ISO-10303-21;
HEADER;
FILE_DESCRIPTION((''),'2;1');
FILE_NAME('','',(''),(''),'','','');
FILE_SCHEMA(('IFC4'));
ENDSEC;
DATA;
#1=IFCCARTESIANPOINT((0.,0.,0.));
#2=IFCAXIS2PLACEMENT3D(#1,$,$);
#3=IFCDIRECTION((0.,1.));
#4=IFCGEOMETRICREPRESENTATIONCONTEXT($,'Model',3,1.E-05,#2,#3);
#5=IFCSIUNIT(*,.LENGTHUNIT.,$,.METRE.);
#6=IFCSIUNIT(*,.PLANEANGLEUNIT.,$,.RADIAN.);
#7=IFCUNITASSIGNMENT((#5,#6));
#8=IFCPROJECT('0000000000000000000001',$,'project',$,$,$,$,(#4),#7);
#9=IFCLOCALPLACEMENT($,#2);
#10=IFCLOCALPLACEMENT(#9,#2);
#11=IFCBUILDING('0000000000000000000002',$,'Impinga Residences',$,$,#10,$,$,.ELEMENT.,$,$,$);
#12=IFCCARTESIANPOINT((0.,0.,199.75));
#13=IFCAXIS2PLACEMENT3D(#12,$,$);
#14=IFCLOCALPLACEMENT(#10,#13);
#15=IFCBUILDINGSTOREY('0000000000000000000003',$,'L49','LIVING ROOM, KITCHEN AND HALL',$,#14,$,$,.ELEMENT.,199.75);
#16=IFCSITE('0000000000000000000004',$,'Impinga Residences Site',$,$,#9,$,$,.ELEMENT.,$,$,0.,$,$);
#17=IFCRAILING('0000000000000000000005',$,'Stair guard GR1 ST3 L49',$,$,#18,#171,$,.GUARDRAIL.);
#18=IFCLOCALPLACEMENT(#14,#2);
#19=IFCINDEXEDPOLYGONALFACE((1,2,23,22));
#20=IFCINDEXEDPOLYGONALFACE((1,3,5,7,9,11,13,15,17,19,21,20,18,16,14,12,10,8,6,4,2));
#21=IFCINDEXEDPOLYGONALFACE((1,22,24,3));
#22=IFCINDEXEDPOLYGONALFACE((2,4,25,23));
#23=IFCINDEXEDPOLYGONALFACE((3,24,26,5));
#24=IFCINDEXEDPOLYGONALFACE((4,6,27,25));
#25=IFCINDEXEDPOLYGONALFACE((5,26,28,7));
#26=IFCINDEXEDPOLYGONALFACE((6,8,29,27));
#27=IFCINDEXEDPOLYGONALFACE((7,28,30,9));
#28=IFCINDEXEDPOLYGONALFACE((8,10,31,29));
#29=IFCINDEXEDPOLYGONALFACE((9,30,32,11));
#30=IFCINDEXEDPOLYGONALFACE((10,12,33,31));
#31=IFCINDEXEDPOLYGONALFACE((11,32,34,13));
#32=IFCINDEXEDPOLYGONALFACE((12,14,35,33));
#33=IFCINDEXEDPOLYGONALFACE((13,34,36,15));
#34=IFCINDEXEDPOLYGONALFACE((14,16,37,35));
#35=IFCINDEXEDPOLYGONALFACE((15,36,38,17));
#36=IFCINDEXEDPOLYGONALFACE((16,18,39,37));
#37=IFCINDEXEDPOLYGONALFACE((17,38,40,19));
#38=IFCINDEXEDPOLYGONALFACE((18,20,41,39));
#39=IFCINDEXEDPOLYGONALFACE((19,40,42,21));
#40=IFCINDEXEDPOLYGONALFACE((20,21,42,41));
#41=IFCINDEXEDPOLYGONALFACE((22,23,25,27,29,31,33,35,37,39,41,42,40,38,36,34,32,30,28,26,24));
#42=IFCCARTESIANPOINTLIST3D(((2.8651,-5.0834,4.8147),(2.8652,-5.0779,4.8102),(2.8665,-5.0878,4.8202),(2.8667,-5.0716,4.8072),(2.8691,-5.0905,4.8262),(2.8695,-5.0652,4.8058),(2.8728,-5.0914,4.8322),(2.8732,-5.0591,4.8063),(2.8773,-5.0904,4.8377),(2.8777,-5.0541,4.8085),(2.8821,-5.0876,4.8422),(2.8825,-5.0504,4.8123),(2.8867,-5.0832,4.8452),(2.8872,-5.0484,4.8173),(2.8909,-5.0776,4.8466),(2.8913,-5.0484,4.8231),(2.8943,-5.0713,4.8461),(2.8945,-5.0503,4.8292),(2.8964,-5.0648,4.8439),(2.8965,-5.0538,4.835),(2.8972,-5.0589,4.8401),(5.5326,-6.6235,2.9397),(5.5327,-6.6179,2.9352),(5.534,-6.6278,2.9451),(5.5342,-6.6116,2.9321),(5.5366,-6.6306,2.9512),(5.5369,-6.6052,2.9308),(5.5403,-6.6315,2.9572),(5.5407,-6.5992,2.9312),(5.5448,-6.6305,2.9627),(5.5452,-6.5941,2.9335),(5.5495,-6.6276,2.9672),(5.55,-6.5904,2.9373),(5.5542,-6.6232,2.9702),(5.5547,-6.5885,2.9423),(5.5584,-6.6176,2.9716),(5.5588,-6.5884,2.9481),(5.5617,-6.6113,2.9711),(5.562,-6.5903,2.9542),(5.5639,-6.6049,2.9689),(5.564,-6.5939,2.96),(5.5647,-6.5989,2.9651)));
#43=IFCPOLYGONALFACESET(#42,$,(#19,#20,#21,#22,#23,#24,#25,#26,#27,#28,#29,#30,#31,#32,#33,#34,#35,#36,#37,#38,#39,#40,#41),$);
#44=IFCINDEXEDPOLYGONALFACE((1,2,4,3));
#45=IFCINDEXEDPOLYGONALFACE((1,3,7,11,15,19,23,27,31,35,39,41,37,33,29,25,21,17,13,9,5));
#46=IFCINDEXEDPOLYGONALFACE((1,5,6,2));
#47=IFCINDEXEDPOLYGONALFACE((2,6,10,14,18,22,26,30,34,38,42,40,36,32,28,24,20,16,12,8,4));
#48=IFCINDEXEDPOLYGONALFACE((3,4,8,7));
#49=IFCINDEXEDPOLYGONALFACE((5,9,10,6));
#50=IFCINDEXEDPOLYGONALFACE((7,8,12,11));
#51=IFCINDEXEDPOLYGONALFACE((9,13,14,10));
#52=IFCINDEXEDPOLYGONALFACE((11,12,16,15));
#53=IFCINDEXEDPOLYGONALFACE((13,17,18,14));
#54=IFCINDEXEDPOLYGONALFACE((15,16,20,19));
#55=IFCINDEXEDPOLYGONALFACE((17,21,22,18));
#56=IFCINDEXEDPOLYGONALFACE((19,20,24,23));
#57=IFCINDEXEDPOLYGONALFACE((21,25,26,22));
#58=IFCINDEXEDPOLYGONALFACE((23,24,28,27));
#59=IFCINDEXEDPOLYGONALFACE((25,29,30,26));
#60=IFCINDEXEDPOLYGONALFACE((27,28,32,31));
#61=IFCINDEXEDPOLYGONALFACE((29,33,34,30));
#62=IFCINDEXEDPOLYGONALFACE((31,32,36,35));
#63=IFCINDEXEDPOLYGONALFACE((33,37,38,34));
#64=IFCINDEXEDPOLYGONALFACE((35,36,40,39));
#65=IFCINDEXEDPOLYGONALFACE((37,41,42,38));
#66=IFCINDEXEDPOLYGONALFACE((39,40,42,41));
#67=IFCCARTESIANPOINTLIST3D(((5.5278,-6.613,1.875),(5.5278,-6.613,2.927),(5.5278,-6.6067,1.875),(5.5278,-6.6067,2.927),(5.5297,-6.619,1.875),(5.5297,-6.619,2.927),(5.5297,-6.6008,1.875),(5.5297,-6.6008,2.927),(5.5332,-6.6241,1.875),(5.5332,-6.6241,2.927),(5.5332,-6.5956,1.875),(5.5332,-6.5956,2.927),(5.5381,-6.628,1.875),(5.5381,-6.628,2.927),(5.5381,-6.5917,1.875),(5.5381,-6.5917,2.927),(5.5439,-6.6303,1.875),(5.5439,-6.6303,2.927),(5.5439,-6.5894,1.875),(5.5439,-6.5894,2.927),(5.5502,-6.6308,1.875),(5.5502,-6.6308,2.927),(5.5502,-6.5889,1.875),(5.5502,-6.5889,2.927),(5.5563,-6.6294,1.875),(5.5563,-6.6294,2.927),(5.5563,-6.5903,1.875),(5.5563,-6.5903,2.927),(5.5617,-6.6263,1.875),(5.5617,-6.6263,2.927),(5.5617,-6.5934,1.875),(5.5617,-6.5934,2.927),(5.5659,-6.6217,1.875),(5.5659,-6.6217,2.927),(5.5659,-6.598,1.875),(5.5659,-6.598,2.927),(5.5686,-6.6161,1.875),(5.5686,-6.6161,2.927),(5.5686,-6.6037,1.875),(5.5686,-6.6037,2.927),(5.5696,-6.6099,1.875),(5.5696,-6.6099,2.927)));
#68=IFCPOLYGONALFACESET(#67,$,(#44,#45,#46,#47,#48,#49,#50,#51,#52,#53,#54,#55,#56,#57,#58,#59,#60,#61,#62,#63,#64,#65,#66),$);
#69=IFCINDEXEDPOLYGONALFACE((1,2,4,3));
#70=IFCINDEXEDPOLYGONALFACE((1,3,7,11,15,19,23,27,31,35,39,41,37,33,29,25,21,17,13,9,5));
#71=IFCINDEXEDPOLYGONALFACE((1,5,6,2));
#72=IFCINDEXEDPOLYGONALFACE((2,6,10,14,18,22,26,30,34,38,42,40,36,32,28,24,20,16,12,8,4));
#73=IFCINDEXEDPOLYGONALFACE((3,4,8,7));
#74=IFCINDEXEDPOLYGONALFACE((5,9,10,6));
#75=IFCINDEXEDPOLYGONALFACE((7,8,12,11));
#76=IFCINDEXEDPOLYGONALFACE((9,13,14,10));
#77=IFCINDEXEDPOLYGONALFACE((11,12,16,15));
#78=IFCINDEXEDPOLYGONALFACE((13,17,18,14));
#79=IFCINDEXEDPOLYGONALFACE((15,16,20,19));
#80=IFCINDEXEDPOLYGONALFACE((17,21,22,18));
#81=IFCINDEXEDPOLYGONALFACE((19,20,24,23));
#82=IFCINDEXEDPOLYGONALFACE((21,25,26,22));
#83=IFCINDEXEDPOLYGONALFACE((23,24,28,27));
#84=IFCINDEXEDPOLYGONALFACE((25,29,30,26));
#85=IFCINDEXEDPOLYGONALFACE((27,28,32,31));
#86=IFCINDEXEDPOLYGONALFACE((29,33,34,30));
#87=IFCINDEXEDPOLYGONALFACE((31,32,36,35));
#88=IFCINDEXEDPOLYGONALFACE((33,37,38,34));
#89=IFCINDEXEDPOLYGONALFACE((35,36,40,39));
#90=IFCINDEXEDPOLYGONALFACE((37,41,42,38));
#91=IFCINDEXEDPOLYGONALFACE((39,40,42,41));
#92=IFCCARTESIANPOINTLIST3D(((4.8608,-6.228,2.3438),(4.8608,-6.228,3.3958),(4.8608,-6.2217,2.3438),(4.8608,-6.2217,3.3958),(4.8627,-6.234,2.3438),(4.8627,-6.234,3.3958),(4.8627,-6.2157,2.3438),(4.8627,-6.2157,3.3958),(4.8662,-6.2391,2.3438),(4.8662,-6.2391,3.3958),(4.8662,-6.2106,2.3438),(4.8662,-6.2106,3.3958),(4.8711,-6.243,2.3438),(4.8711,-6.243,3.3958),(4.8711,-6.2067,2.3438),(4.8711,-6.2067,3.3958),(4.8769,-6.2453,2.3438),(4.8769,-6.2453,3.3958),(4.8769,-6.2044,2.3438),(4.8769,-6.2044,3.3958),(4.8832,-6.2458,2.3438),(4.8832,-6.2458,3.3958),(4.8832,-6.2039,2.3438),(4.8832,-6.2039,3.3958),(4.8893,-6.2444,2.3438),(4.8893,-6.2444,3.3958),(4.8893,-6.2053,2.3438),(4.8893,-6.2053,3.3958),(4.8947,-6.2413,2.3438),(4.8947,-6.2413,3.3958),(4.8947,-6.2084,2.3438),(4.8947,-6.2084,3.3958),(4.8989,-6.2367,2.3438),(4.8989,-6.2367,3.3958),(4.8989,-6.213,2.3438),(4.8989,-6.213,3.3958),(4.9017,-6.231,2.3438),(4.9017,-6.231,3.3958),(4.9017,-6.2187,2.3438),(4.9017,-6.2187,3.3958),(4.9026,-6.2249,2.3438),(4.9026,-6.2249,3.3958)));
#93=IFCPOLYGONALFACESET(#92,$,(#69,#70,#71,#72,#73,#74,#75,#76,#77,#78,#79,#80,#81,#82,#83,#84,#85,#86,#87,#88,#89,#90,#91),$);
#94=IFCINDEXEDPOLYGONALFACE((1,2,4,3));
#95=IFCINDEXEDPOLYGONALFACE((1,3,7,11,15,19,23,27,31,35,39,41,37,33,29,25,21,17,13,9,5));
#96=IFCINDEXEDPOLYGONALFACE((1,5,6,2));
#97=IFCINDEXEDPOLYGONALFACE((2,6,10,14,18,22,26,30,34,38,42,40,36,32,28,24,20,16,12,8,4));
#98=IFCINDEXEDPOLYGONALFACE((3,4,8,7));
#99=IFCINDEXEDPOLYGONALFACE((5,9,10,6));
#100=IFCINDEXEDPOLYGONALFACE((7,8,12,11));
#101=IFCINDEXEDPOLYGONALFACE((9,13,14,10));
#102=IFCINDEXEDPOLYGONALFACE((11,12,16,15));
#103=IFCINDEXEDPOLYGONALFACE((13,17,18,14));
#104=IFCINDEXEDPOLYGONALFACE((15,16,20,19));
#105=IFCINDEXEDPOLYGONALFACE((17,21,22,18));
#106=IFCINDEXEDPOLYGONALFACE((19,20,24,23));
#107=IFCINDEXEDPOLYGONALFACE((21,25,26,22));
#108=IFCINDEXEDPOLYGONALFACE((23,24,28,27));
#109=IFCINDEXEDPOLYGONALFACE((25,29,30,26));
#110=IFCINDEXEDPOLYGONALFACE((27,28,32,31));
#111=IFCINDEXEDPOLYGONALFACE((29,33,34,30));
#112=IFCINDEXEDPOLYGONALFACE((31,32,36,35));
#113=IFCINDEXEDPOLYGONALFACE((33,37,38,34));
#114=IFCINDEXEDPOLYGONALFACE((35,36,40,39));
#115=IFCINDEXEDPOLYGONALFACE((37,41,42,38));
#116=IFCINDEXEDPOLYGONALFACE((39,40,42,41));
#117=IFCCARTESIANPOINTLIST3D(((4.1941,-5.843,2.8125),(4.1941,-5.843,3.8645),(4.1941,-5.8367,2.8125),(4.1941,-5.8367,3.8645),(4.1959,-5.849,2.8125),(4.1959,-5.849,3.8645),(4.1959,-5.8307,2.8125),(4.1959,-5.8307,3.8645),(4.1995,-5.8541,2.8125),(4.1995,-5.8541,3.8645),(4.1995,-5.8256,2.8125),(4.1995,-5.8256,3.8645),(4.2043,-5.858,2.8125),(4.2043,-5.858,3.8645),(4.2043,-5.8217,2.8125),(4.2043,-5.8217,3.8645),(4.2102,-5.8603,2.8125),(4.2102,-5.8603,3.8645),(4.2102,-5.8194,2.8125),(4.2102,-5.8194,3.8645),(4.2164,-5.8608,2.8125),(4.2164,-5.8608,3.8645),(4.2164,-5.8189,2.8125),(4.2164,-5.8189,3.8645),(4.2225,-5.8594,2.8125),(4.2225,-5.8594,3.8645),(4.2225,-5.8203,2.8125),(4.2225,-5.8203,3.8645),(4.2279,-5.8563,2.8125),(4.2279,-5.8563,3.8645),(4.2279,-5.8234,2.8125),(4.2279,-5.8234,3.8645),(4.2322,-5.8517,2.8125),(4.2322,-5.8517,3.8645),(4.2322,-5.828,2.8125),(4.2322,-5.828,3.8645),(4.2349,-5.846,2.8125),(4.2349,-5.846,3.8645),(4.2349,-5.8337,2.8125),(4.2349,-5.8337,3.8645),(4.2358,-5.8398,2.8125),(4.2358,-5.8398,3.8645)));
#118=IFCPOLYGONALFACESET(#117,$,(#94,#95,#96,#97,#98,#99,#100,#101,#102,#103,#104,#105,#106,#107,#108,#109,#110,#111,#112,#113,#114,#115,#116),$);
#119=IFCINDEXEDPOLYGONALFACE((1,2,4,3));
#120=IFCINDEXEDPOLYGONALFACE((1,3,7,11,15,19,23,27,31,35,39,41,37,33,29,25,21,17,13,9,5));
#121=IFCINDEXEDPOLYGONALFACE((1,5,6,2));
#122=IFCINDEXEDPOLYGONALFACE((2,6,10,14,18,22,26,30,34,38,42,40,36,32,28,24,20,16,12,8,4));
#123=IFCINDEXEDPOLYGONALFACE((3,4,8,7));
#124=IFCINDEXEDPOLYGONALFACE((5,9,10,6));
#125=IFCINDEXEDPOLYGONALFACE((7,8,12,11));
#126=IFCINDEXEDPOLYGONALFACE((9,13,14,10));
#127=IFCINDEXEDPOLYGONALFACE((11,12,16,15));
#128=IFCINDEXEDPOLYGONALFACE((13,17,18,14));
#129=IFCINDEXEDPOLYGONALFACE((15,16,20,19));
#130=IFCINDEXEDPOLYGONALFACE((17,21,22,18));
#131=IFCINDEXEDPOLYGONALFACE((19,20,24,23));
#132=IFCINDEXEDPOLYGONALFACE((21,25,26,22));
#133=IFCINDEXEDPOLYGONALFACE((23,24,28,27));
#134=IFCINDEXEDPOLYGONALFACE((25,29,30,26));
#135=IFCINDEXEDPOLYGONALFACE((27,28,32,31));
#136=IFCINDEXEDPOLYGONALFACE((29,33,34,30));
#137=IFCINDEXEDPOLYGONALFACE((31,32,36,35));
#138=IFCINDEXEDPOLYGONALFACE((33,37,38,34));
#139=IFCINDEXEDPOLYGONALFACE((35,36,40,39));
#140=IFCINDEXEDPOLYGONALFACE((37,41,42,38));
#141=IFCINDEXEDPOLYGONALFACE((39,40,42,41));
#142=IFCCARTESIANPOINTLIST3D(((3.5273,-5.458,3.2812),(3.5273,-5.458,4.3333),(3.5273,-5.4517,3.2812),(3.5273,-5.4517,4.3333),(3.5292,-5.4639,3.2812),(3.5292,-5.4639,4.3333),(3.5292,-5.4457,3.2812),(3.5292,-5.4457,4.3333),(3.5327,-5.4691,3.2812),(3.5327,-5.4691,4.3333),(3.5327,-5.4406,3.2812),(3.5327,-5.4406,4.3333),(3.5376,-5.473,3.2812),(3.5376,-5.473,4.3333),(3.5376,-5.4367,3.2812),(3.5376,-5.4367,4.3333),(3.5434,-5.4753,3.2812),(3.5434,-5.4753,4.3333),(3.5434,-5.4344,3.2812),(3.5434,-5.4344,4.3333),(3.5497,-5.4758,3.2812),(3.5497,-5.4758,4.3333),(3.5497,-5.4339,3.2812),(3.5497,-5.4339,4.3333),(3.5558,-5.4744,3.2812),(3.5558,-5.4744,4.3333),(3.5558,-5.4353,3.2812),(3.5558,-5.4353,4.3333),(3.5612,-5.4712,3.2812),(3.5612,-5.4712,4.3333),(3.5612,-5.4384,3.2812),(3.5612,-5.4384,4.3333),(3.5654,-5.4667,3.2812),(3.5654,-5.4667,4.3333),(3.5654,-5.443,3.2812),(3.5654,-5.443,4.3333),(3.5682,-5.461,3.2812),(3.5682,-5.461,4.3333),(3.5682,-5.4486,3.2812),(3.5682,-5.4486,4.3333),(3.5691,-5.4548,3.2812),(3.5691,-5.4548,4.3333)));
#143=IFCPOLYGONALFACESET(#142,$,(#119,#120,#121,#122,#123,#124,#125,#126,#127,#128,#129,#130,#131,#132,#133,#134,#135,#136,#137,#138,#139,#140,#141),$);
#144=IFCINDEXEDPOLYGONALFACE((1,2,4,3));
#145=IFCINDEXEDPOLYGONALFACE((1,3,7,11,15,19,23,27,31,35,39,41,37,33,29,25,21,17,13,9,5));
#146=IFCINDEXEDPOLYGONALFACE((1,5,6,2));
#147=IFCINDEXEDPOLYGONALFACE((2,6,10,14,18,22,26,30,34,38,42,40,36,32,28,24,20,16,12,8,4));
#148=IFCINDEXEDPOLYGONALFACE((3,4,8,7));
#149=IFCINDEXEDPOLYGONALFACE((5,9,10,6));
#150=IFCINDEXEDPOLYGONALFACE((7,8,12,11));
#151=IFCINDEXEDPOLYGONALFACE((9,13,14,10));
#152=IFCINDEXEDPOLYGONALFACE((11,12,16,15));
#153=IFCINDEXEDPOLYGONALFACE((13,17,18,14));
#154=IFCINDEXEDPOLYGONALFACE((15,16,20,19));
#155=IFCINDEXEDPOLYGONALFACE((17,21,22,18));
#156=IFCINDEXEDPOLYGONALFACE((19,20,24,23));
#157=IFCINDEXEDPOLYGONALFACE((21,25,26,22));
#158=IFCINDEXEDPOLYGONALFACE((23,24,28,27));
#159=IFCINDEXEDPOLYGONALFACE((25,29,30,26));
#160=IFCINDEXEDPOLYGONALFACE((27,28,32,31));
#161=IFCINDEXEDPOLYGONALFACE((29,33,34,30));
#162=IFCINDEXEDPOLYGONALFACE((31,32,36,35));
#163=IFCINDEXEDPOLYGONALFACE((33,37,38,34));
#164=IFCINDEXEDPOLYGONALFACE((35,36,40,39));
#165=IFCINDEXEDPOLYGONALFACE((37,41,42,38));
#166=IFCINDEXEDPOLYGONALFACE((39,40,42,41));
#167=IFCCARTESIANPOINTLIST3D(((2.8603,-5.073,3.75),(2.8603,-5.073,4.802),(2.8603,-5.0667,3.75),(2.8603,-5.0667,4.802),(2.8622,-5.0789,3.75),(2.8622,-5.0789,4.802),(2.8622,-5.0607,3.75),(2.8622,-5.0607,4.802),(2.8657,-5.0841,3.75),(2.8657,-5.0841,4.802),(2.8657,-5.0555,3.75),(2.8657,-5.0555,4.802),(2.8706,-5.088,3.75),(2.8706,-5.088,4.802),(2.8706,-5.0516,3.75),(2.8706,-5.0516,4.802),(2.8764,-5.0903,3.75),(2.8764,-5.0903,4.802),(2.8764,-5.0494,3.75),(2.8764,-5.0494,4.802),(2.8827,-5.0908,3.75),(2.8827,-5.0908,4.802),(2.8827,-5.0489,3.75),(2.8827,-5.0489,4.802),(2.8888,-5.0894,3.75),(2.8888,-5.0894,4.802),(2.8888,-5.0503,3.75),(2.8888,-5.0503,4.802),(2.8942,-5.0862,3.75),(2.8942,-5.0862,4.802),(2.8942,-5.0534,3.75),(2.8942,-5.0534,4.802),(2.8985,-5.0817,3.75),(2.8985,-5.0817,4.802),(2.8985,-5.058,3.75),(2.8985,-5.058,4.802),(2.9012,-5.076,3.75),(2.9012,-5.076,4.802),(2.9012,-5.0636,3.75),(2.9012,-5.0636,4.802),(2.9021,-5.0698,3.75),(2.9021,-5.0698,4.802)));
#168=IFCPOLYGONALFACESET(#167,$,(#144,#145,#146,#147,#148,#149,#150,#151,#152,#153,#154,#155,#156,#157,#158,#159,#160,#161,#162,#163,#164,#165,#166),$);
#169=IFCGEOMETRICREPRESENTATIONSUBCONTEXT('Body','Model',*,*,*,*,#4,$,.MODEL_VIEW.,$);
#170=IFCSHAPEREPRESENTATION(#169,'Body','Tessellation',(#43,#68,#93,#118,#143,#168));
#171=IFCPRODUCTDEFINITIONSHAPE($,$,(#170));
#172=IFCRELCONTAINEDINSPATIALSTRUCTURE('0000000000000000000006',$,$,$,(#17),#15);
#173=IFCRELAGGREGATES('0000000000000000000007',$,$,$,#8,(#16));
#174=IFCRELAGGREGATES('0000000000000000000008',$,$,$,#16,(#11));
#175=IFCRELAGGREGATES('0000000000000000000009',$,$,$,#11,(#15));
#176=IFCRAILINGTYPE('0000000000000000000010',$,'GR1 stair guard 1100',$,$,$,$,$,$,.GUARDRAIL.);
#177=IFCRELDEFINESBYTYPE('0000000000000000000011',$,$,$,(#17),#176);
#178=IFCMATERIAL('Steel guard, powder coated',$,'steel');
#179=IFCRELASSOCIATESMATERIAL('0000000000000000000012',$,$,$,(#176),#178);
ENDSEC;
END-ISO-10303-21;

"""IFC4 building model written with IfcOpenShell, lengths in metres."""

from ifc_helpers import new_model, si_unit, direction, frame, origin, origin_2d, place, context, subcontext, project, spatial, circle, extrude, material, type_object, element, save


model = new_model("IFC4")

# Units and contexts
model_context = context("Model", 3, precision=1e-05, world=origin(), true_north=direction((0.0, 1.0)))
body_context = subcontext(model_context, "Body", "Model", "MODEL_VIEW")
ifc_project = project(units=[si_unit("LENGTHUNIT", "METRE"), si_unit("PLANEANGLEUNIT", "RADIAN")], contexts=[model_context])

# Site, building, storey
site_placement = place(None, origin())
site = spatial("IfcSite", under=ifc_project, at=site_placement, Name="Impinga Residences Site", CompositionType="ELEMENT", RefElevation=0.0)
building_placement = place(site_placement, origin())
building = spatial("IfcBuilding", under=site, at=building_placement, Name="Impinga Residences", CompositionType="ELEMENT")
storey_placement = place(building_placement, frame((0.0, 0.0, 199.75)))
storey = spatial("IfcBuildingStorey", under=building, at=storey_placement, Name="L49", Description="LIVING ROOM, KITCHEN AND HALL", CompositionType="ELEMENT", Elevation=199.75)

# Railing
ifc_material_1 = material(Name="Steel guard, powder coated", Category="steel")
railing_type_1 = type_object("IfcRailingType", Name="GR1 stair guard 1100", PredefinedType="GUARDRAIL", material=ifc_material_1)
railing_1_placement = place(storey_placement, frame((5.5486, -6.6099, 1.875)))
element("IfcRailing", 1, at=railing_1_placement, inside=storey, type_object=railing_type_1, Name="Stair guard GR1 ST3 L49", PredefinedType="GUARDRAIL", context=body_context, shape_type="SweptSolid", body=[
    extrude(circle(Radius=0.0239, at=origin_2d()), frame((0.0, 0.0, 1.0762), z_axis=(-0.739746, 0.427084, 0.519975), x_axis=(-0.499992, -0.86603, 0.0)), (0.0, 0.0, 1.0), 3.606),
    extrude(circle(Radius=0.021, at=origin_2d()), origin(), (0.0, 0.0, 1.0), 1.052),
    extrude(circle(Radius=0.021, at=origin_2d()), frame((-0.667, 0.385, 0.4688)), (0.0, 0.0, 1.0), 1.052),
    extrude(circle(Radius=0.021, at=origin_2d()), frame((-1.3337, 0.77, 0.9375)), (0.0, 0.0, 1.0), 1.052),
    extrude(circle(Radius=0.021, at=origin_2d()), frame((-2.0005, 1.155, 1.4062)), (0.0, 0.0, 1.0), 1.052),
    extrude(circle(Radius=0.021, at=origin_2d()), frame((-2.6675, 1.54, 1.875)), (0.0, 0.0, 1.0), 1.052),
])

save(model, "model.ifc")
